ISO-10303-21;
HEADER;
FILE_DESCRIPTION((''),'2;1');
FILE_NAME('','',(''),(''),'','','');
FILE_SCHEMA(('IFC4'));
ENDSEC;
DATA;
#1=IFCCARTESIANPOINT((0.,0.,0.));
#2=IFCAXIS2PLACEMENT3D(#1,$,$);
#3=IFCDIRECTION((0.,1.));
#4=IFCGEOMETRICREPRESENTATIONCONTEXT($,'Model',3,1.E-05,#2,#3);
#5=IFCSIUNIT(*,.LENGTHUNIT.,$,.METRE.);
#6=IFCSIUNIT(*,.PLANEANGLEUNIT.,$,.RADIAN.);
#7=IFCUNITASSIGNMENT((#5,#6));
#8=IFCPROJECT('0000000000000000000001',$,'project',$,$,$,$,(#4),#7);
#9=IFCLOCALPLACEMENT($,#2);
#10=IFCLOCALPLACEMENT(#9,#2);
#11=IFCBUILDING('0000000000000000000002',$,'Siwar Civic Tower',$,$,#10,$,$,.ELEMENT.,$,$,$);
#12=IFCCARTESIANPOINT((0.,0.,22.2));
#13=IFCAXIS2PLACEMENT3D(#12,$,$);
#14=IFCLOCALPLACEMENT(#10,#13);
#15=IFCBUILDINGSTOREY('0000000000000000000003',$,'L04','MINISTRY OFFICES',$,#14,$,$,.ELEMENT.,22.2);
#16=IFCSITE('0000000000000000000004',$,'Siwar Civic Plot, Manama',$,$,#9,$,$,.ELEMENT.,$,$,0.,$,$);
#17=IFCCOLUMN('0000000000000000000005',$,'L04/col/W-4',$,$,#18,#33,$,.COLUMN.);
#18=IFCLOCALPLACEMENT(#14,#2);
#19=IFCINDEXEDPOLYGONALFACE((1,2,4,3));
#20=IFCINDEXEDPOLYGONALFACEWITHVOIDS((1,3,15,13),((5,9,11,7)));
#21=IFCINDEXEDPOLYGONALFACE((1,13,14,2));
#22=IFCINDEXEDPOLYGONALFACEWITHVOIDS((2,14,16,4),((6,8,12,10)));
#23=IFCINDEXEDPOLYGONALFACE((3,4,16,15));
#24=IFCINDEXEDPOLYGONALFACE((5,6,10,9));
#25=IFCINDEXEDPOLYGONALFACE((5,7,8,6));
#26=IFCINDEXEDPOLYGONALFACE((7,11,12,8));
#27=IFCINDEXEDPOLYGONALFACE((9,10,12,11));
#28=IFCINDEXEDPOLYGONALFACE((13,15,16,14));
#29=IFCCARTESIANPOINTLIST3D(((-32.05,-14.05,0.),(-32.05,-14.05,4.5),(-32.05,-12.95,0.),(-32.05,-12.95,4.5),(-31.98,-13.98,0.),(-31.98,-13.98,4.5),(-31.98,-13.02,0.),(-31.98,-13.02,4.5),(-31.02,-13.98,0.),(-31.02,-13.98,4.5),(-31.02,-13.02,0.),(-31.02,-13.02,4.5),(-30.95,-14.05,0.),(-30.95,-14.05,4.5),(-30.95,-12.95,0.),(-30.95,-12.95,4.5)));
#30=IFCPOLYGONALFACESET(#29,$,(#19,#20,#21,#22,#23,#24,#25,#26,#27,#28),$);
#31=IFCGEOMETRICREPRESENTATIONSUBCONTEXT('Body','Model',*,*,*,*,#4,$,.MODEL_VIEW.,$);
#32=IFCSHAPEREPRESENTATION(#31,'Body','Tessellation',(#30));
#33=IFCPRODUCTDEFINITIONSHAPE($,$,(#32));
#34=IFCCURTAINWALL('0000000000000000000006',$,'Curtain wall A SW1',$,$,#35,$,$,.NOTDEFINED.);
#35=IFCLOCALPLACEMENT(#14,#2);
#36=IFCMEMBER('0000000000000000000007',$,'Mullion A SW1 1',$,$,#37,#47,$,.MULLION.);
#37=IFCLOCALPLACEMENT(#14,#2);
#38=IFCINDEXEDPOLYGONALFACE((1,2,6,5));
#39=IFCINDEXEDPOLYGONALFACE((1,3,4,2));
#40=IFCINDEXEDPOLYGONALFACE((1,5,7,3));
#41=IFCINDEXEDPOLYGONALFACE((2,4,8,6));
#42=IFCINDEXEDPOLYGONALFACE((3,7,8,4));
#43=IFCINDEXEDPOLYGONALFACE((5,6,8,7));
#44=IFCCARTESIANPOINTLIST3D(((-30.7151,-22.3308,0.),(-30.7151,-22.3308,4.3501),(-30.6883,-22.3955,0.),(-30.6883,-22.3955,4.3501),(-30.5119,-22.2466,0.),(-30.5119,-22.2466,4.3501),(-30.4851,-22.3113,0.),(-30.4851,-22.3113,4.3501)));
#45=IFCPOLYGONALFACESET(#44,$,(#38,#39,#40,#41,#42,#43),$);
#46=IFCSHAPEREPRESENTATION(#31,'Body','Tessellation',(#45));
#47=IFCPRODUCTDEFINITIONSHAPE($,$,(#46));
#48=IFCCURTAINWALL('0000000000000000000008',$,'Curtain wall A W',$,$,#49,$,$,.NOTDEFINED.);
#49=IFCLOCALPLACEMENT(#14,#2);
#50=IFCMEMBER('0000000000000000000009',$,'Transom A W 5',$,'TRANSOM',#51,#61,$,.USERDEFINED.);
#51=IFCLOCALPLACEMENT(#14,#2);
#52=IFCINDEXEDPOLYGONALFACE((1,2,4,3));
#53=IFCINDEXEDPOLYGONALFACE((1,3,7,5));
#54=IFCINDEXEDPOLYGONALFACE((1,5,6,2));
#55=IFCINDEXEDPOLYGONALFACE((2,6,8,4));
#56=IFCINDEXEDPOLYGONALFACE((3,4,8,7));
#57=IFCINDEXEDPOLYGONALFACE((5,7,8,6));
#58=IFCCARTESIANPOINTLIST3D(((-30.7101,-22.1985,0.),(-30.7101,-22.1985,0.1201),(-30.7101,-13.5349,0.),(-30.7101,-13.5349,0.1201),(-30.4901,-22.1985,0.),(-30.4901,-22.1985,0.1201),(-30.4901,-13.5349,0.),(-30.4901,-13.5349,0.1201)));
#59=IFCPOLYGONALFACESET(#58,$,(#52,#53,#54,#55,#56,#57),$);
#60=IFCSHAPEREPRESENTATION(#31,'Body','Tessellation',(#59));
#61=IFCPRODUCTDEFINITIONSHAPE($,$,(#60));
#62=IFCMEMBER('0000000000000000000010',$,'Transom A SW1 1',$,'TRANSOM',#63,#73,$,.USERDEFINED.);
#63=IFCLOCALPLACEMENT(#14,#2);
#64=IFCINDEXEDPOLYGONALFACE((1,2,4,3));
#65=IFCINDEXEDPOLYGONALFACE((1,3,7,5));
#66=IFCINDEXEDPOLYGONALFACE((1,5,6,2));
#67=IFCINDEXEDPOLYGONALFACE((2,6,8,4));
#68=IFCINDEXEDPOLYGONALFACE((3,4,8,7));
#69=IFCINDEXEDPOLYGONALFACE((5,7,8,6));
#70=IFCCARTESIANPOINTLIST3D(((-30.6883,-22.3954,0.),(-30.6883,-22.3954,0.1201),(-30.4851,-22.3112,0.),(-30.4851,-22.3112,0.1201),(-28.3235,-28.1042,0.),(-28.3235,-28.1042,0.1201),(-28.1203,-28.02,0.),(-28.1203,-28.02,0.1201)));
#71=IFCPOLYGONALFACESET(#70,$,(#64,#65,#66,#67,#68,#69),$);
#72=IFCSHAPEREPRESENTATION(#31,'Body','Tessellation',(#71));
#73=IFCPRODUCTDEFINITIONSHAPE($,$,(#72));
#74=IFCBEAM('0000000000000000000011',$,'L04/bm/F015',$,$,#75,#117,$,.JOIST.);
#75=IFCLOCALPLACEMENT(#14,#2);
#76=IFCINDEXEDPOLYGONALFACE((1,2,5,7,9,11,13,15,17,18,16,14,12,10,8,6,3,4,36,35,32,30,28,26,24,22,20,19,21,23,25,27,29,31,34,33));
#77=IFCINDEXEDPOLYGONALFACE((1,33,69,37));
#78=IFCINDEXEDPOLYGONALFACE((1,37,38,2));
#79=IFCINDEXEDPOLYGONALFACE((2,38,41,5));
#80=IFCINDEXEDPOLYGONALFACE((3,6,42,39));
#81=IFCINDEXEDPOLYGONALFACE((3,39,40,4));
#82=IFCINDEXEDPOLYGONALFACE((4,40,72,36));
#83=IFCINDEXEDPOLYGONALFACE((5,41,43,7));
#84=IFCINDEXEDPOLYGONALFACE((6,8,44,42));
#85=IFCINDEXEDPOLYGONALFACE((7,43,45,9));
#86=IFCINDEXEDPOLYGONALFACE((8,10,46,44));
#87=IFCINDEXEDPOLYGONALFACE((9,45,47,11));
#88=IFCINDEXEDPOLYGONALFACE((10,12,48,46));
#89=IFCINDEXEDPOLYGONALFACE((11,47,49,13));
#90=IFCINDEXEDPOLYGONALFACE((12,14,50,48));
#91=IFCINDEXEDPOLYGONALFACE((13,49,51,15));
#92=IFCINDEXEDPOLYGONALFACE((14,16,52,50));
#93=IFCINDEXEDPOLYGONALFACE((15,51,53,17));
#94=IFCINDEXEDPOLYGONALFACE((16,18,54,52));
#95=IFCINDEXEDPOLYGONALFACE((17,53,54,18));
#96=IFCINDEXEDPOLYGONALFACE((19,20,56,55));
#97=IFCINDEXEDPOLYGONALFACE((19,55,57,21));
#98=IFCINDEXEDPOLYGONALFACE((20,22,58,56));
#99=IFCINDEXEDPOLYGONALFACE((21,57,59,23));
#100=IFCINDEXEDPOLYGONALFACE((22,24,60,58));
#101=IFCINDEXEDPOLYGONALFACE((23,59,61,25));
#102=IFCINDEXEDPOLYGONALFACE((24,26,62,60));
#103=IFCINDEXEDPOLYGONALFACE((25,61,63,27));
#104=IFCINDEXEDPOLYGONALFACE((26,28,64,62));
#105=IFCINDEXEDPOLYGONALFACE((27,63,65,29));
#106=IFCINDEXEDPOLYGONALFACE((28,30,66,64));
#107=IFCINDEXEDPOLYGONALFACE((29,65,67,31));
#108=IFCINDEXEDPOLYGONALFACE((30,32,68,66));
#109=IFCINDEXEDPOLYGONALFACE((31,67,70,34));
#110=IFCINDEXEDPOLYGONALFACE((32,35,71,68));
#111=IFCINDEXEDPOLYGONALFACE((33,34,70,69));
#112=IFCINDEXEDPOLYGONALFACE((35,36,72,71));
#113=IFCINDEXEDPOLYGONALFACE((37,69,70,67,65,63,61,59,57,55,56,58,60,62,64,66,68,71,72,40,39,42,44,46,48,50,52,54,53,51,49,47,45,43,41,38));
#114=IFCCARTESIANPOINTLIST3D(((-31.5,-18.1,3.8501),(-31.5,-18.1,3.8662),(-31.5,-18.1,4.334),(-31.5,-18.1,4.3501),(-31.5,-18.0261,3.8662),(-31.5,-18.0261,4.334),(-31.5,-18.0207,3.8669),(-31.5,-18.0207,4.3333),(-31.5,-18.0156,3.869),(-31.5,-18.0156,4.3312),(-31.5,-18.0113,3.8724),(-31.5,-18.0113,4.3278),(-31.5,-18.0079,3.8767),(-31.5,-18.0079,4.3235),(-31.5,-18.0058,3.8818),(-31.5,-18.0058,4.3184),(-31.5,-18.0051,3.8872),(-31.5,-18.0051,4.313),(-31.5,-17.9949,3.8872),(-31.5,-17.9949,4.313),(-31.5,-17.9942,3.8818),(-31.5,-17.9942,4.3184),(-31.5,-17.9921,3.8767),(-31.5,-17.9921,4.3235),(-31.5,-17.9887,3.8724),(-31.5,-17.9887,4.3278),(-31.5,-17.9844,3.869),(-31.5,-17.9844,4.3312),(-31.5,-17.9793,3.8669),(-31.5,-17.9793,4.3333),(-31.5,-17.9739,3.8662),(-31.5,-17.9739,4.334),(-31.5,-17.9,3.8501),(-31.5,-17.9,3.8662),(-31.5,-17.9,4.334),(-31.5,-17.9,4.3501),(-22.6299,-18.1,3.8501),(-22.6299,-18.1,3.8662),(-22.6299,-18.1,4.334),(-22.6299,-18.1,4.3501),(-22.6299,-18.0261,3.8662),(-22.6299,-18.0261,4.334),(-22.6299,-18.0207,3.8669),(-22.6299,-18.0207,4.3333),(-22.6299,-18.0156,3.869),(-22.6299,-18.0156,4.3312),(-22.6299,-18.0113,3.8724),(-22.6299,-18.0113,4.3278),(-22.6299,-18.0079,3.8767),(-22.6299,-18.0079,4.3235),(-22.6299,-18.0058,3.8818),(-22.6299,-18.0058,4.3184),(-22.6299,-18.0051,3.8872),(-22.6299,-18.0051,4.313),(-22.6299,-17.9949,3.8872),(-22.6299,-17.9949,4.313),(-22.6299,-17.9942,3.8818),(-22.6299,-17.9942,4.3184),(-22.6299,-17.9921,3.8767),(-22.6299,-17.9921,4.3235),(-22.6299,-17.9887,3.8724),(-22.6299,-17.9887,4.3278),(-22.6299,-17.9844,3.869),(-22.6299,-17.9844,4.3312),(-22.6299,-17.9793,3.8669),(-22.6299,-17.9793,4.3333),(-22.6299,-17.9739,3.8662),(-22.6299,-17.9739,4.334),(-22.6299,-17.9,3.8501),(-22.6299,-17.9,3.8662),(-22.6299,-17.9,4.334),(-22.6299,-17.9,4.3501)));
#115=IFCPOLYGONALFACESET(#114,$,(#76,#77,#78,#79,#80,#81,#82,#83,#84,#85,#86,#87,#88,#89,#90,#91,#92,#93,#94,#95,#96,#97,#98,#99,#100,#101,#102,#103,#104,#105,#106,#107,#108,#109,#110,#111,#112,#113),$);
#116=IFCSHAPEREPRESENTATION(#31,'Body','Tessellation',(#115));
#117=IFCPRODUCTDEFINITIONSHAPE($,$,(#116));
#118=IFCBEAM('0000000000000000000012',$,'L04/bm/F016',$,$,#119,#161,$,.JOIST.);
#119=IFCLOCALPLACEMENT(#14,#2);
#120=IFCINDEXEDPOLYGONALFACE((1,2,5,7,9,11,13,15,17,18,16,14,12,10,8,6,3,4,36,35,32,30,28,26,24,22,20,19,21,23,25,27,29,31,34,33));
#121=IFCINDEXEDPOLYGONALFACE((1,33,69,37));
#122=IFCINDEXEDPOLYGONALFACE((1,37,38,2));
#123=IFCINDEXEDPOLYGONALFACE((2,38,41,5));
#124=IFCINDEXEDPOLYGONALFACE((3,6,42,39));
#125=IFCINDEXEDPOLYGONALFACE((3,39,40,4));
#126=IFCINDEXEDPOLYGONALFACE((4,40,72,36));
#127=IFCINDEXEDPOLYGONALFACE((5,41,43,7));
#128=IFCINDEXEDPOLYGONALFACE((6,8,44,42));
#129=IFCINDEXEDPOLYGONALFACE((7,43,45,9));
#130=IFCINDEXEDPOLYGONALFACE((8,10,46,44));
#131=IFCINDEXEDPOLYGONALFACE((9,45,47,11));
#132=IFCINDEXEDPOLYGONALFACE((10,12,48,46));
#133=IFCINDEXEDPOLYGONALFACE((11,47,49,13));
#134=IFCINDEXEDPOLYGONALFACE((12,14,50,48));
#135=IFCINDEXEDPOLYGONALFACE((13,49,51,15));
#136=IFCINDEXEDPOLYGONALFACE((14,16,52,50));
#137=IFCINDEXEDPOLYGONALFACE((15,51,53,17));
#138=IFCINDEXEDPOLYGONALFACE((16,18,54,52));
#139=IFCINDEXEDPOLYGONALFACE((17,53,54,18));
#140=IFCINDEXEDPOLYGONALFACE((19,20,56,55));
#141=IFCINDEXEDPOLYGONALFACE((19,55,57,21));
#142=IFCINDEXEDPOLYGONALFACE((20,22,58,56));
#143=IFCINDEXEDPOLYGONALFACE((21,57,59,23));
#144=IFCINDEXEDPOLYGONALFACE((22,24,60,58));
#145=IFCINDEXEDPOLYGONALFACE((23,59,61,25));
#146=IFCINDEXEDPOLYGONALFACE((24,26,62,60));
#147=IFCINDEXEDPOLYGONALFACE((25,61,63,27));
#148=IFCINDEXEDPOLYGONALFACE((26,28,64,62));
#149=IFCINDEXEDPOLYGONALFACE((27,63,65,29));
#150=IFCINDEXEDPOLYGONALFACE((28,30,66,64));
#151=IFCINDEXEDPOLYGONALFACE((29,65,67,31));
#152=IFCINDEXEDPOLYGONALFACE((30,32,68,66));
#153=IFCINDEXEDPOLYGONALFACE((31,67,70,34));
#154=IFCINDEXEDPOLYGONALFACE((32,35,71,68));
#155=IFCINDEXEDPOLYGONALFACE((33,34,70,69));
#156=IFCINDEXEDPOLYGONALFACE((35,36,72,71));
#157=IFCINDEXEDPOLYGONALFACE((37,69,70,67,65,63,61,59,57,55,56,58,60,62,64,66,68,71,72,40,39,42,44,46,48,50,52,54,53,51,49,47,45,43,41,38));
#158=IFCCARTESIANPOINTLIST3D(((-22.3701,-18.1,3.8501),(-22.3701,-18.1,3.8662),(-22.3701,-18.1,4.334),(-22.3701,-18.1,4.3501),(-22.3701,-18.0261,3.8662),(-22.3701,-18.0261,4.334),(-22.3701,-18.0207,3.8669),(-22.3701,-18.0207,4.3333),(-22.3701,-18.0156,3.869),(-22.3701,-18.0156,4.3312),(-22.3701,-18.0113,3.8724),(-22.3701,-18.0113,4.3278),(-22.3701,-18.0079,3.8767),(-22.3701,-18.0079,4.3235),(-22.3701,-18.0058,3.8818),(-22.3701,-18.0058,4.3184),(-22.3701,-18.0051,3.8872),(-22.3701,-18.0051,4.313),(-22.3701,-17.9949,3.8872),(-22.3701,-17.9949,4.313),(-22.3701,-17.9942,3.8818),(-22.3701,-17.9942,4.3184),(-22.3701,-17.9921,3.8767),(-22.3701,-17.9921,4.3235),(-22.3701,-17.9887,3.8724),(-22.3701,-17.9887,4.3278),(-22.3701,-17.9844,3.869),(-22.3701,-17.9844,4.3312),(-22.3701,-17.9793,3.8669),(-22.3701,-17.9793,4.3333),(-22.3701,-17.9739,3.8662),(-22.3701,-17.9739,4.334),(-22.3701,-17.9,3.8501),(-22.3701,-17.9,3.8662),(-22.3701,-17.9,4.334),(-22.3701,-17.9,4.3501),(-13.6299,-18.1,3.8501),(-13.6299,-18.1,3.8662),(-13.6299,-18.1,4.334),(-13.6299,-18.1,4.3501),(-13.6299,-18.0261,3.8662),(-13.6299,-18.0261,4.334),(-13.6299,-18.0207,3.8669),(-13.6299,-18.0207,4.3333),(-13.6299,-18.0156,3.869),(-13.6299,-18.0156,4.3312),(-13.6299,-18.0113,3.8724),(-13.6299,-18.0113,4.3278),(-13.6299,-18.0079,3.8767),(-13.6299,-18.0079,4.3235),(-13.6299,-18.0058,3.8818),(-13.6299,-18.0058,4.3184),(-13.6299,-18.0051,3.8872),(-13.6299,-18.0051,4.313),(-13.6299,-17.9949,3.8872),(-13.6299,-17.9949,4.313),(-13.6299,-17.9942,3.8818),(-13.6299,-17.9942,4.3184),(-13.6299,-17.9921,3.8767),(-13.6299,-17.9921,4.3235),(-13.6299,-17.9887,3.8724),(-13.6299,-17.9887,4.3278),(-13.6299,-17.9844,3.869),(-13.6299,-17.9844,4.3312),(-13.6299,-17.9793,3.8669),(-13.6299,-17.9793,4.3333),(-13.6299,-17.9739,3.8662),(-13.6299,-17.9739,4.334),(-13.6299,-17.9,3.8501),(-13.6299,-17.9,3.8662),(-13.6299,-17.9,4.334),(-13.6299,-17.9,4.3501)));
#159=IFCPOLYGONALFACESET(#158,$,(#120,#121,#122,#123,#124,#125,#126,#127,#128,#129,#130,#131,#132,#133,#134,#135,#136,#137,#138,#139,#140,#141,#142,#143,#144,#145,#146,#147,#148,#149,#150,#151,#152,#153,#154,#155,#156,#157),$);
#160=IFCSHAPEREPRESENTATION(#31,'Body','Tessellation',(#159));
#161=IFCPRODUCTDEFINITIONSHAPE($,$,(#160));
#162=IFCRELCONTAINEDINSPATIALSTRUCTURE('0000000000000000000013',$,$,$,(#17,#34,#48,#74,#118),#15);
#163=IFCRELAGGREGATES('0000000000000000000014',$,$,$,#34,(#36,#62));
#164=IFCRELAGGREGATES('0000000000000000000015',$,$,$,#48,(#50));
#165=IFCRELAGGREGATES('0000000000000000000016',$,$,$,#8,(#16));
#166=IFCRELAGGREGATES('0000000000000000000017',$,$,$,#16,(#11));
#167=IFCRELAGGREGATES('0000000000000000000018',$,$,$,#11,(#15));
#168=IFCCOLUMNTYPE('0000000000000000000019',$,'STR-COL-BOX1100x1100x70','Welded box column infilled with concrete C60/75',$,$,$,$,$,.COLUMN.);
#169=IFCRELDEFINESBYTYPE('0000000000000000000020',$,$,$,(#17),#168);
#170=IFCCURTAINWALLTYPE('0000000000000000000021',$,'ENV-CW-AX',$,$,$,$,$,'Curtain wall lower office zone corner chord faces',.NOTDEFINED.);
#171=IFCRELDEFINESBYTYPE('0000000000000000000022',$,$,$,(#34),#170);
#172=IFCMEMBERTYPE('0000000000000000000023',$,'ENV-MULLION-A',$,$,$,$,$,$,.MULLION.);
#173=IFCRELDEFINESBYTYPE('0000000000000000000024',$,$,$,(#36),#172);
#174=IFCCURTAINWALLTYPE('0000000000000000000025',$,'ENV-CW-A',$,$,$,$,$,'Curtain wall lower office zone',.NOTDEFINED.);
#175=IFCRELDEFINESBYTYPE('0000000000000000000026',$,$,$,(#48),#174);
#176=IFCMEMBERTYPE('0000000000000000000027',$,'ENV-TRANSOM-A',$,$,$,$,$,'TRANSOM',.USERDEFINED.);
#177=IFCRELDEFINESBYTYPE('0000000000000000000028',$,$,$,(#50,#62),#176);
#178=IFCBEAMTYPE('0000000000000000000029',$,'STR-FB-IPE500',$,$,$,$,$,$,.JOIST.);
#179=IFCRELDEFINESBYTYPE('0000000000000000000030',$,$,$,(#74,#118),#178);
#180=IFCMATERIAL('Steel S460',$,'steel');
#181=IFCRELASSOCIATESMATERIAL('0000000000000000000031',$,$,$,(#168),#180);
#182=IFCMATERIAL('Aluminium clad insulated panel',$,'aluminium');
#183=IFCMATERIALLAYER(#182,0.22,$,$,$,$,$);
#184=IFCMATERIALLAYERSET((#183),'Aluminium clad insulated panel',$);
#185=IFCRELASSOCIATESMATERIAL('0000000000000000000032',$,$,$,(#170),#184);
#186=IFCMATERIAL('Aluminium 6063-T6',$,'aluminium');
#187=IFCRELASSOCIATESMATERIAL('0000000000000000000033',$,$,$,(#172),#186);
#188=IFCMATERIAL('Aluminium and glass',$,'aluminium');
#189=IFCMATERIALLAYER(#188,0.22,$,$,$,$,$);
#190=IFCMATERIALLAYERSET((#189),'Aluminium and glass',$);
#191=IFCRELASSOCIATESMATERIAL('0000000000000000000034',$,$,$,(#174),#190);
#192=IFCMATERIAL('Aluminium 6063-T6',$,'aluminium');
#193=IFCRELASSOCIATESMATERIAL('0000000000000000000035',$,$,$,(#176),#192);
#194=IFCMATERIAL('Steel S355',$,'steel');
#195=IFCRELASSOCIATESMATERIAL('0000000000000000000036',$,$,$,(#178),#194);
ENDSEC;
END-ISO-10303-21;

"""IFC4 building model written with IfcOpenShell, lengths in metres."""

from ifc_helpers import new_model, si_unit, direction, frame, origin, origin_2d, place, context, subcontext, project, spatial, rectangle, hollow_rectangle, i_section, extrude, material, layer, layer_set, material_profile, profile_set, type_object, element, aggregate, save


model = new_model("IFC4")

# Units and contexts
model_context = context("Model", 3, precision=1e-05, world=origin(), true_north=direction((0.0, 1.0)))
body_context = subcontext(model_context, "Body", "Model", "MODEL_VIEW")
ifc_project = project(units=[si_unit("LENGTHUNIT", "METRE"), si_unit("PLANEANGLEUNIT", "RADIAN")], contexts=[model_context])

# Site, building, storey
site_placement = place(None, origin())
site = spatial("IfcSite", under=ifc_project, at=site_placement, Name="Siwar Civic Plot, Manama", CompositionType="ELEMENT", RefElevation=0.0)
building_placement = place(site_placement, origin())
building = spatial("IfcBuilding", under=site, at=building_placement, Name="Siwar Civic Tower", CompositionType="ELEMENT")
storey_placement = place(building_placement, frame((0.0, 0.0, 22.2)))
storey = spatial("IfcBuildingStorey", under=building, at=storey_placement, Name="L04", Description="MINISTRY OFFICES", CompositionType="ELEMENT", Elevation=22.2)

# Column
ifc_material_1 = material(Name="Steel S460", Category="steel")
ifc_material_profile_1 = material_profile(ifc_material_1, hollow_rectangle(XDim=1.1001, YDim=1.1001, WallThickness=0.0701, at=origin_2d()), Name="BOX1100x1100x70")
ifc_profile_set_1 = profile_set([ifc_material_profile_1], Name="Steel S460")
column_type = type_object("IfcColumnType", Name="STR-COL-BOX1100x1100x70", Description="Welded box column infilled with concrete C60/75", PredefinedType="COLUMN", material=ifc_profile_set_1)
column_placement = place(storey_placement, frame((-31.5, -13.5, 0.0), z_axis=(0.0, 0.0, 1.0), x_axis=(1.0, 0.0, 0.0)))
element("IfcColumn", 1, at=column_placement, inside=storey, type_object=column_type, Name="L04/col/W-4", PredefinedType="COLUMN", context=body_context, shape_type="SweptSolid", body=[
    extrude(hollow_rectangle(XDim=1.1001, YDim=1.1001, WallThickness=0.0701, at=origin_2d()), origin(), (0.0, 0.0, 1.0), 4.5),
])

# Curtain walls, members
ifc_material_2 = material(Name="Aluminium clad insulated panel", Category="aluminium")
ifc_layer_1 = layer(ifc_material_2, 0.22)
ifc_layer_set_1 = layer_set([ifc_layer_1], Name="Aluminium clad insulated panel")
curtain_wall_type_1 = type_object("IfcCurtainWallType", Name="ENV-CW-AX", ElementType="Curtain wall lower office zone corner chord faces", PredefinedType="NOTDEFINED", material=ifc_layer_set_1)
curtain_wall_1_placement = place(storey_placement, origin())
curtain_wall_1 = element("IfcCurtainWall", 2, at=curtain_wall_1_placement, inside=storey, type_object=curtain_wall_type_1, Name="Curtain wall A SW1", PredefinedType="NOTDEFINED")
ifc_material_3 = material(Name="Aluminium 6063-T6", Category="aluminium")
ifc_material_profile_2 = material_profile(ifc_material_3, rectangle(XDim=0.22, YDim=0.0701, at=origin_2d()), Name="AL 220x70")
ifc_profile_set_2 = profile_set([ifc_material_profile_2], Name="Aluminium 6063-T6")
member_type_1 = type_object("IfcMemberType", Name="ENV-MULLION-A", PredefinedType="MULLION", material=ifc_profile_set_2)
member_1_placement = place(storey_placement, frame((-30.6001, -22.321, 0.0), z_axis=(0.0, 0.0, 1.0), x_axis=(0.92388, 0.382683, 0.0)))
member_1 = element("IfcMember", 3, at=member_1_placement, type_object=member_type_1, Name="Mullion A SW1 1", PredefinedType="MULLION", context=body_context, shape_type="SweptSolid", body=[
    extrude(rectangle(XDim=0.22, YDim=0.0701, at=origin_2d()), origin(), (0.0, 0.0, 1.0), 4.3501),
])
ifc_material_4 = material(Name="Aluminium and glass", Category="aluminium")
ifc_layer_2 = layer(ifc_material_4, 0.22)
ifc_layer_set_2 = layer_set([ifc_layer_2], Name="Aluminium and glass")
curtain_wall_type_2 = type_object("IfcCurtainWallType", Name="ENV-CW-A", ElementType="Curtain wall lower office zone", PredefinedType="NOTDEFINED", material=ifc_layer_set_2)
curtain_wall_2_placement = place(storey_placement, origin())
curtain_wall_2 = element("IfcCurtainWall", 4, at=curtain_wall_2_placement, inside=storey, type_object=curtain_wall_type_2, Name="Curtain wall A W", PredefinedType="NOTDEFINED")
ifc_material_5 = material(Name="Aluminium 6063-T6", Category="aluminium")
ifc_material_profile_3 = material_profile(ifc_material_5, rectangle(XDim=0.22, YDim=0.1201, at=origin_2d()), Name="AL 220x120")
ifc_profile_set_3 = profile_set([ifc_material_profile_3], Name="Aluminium 6063-T6")
member_type_2 = type_object("IfcMemberType", Name="ENV-TRANSOM-A", ElementType="TRANSOM", PredefinedType="USERDEFINED", material=ifc_profile_set_3)
member_2_placement = place(storey_placement, frame((-30.6001, -13.5349, 0.0601), z_axis=(0.0, -1.0, 0.0), x_axis=(1.0, 0.0, 0.0)))
member_2 = element("IfcMember", 5, at=member_2_placement, type_object=member_type_2, Name="Transom A W 5", ObjectType="TRANSOM", PredefinedType="USERDEFINED", context=body_context, shape_type="SweptSolid", body=[
    extrude(rectangle(XDim=0.22, YDim=0.1201, at=origin_2d()), origin(), (0.0, 0.0, 1.0), 8.6636),
])

# Member
member_3_placement = place(storey_placement, frame((-30.5867, -22.3533, 0.0601), z_axis=(0.382698, -0.923873, 0.0), x_axis=(0.923873, 0.382698, 0.0)))
member_3 = element("IfcMember", 6, at=member_3_placement, type_object=member_type_2, Name="Transom A SW1 1", ObjectType="TRANSOM", PredefinedType="USERDEFINED", context=body_context, shape_type="SweptSolid", body=[
    extrude(rectangle(XDim=0.22, YDim=0.1201, at=origin_2d()), origin(), (0.0, 0.0, 1.0), 6.1792),
])
aggregate(curtain_wall_1, [member_1, member_3])

# Beams
ifc_material_6 = material(Name="Steel S355", Category="steel")
ifc_material_profile_4 = material_profile(ifc_material_6, i_section(OverallWidth=0.2, OverallDepth=0.5, WebThickness=0.0103, FlangeThickness=0.0161, FilletRadius=0.021, at=origin_2d()), Name="IPE500")
ifc_profile_set_4 = profile_set([ifc_material_profile_4], Name="Steel S355")
beam_type_1 = type_object("IfcBeamType", Name="STR-FB-IPE500", PredefinedType="JOIST", material=ifc_profile_set_4)
beam_1_placement = place(storey_placement, frame((-31.5, -18.0, 4.1001), z_axis=(1.0, 0.0, 0.0), x_axis=(0.0, 1.0, 0.0)))
element("IfcBeam", 7, at=beam_1_placement, inside=storey, type_object=beam_type_1, Name="L04/bm/F015", PredefinedType="JOIST", context=body_context, shape_type="SweptSolid", body=[
    extrude(i_section(OverallWidth=0.2, OverallDepth=0.5, WebThickness=0.0103, FlangeThickness=0.0161, FilletRadius=0.021, at=origin_2d()), origin(), (0.0, 0.0, 1.0), 8.8701),
])
beam_2_placement = place(storey_placement, frame((-22.3701, -18.0, 4.1001), z_axis=(1.0, 0.0, 0.0), x_axis=(0.0, 1.0, 0.0)))
element("IfcBeam", 8, at=beam_2_placement, inside=storey, type_object=beam_type_1, Name="L04/bm/F016", PredefinedType="JOIST", context=body_context, shape_type="SweptSolid", body=[
    extrude(i_section(OverallWidth=0.2, OverallDepth=0.5, WebThickness=0.0103, FlangeThickness=0.0161, FilletRadius=0.021, at=origin_2d()), origin(), (0.0, 0.0, 1.0), 8.7402),
])

aggregate(curtain_wall_2, [member_2])

save(model, "model.ifc")
